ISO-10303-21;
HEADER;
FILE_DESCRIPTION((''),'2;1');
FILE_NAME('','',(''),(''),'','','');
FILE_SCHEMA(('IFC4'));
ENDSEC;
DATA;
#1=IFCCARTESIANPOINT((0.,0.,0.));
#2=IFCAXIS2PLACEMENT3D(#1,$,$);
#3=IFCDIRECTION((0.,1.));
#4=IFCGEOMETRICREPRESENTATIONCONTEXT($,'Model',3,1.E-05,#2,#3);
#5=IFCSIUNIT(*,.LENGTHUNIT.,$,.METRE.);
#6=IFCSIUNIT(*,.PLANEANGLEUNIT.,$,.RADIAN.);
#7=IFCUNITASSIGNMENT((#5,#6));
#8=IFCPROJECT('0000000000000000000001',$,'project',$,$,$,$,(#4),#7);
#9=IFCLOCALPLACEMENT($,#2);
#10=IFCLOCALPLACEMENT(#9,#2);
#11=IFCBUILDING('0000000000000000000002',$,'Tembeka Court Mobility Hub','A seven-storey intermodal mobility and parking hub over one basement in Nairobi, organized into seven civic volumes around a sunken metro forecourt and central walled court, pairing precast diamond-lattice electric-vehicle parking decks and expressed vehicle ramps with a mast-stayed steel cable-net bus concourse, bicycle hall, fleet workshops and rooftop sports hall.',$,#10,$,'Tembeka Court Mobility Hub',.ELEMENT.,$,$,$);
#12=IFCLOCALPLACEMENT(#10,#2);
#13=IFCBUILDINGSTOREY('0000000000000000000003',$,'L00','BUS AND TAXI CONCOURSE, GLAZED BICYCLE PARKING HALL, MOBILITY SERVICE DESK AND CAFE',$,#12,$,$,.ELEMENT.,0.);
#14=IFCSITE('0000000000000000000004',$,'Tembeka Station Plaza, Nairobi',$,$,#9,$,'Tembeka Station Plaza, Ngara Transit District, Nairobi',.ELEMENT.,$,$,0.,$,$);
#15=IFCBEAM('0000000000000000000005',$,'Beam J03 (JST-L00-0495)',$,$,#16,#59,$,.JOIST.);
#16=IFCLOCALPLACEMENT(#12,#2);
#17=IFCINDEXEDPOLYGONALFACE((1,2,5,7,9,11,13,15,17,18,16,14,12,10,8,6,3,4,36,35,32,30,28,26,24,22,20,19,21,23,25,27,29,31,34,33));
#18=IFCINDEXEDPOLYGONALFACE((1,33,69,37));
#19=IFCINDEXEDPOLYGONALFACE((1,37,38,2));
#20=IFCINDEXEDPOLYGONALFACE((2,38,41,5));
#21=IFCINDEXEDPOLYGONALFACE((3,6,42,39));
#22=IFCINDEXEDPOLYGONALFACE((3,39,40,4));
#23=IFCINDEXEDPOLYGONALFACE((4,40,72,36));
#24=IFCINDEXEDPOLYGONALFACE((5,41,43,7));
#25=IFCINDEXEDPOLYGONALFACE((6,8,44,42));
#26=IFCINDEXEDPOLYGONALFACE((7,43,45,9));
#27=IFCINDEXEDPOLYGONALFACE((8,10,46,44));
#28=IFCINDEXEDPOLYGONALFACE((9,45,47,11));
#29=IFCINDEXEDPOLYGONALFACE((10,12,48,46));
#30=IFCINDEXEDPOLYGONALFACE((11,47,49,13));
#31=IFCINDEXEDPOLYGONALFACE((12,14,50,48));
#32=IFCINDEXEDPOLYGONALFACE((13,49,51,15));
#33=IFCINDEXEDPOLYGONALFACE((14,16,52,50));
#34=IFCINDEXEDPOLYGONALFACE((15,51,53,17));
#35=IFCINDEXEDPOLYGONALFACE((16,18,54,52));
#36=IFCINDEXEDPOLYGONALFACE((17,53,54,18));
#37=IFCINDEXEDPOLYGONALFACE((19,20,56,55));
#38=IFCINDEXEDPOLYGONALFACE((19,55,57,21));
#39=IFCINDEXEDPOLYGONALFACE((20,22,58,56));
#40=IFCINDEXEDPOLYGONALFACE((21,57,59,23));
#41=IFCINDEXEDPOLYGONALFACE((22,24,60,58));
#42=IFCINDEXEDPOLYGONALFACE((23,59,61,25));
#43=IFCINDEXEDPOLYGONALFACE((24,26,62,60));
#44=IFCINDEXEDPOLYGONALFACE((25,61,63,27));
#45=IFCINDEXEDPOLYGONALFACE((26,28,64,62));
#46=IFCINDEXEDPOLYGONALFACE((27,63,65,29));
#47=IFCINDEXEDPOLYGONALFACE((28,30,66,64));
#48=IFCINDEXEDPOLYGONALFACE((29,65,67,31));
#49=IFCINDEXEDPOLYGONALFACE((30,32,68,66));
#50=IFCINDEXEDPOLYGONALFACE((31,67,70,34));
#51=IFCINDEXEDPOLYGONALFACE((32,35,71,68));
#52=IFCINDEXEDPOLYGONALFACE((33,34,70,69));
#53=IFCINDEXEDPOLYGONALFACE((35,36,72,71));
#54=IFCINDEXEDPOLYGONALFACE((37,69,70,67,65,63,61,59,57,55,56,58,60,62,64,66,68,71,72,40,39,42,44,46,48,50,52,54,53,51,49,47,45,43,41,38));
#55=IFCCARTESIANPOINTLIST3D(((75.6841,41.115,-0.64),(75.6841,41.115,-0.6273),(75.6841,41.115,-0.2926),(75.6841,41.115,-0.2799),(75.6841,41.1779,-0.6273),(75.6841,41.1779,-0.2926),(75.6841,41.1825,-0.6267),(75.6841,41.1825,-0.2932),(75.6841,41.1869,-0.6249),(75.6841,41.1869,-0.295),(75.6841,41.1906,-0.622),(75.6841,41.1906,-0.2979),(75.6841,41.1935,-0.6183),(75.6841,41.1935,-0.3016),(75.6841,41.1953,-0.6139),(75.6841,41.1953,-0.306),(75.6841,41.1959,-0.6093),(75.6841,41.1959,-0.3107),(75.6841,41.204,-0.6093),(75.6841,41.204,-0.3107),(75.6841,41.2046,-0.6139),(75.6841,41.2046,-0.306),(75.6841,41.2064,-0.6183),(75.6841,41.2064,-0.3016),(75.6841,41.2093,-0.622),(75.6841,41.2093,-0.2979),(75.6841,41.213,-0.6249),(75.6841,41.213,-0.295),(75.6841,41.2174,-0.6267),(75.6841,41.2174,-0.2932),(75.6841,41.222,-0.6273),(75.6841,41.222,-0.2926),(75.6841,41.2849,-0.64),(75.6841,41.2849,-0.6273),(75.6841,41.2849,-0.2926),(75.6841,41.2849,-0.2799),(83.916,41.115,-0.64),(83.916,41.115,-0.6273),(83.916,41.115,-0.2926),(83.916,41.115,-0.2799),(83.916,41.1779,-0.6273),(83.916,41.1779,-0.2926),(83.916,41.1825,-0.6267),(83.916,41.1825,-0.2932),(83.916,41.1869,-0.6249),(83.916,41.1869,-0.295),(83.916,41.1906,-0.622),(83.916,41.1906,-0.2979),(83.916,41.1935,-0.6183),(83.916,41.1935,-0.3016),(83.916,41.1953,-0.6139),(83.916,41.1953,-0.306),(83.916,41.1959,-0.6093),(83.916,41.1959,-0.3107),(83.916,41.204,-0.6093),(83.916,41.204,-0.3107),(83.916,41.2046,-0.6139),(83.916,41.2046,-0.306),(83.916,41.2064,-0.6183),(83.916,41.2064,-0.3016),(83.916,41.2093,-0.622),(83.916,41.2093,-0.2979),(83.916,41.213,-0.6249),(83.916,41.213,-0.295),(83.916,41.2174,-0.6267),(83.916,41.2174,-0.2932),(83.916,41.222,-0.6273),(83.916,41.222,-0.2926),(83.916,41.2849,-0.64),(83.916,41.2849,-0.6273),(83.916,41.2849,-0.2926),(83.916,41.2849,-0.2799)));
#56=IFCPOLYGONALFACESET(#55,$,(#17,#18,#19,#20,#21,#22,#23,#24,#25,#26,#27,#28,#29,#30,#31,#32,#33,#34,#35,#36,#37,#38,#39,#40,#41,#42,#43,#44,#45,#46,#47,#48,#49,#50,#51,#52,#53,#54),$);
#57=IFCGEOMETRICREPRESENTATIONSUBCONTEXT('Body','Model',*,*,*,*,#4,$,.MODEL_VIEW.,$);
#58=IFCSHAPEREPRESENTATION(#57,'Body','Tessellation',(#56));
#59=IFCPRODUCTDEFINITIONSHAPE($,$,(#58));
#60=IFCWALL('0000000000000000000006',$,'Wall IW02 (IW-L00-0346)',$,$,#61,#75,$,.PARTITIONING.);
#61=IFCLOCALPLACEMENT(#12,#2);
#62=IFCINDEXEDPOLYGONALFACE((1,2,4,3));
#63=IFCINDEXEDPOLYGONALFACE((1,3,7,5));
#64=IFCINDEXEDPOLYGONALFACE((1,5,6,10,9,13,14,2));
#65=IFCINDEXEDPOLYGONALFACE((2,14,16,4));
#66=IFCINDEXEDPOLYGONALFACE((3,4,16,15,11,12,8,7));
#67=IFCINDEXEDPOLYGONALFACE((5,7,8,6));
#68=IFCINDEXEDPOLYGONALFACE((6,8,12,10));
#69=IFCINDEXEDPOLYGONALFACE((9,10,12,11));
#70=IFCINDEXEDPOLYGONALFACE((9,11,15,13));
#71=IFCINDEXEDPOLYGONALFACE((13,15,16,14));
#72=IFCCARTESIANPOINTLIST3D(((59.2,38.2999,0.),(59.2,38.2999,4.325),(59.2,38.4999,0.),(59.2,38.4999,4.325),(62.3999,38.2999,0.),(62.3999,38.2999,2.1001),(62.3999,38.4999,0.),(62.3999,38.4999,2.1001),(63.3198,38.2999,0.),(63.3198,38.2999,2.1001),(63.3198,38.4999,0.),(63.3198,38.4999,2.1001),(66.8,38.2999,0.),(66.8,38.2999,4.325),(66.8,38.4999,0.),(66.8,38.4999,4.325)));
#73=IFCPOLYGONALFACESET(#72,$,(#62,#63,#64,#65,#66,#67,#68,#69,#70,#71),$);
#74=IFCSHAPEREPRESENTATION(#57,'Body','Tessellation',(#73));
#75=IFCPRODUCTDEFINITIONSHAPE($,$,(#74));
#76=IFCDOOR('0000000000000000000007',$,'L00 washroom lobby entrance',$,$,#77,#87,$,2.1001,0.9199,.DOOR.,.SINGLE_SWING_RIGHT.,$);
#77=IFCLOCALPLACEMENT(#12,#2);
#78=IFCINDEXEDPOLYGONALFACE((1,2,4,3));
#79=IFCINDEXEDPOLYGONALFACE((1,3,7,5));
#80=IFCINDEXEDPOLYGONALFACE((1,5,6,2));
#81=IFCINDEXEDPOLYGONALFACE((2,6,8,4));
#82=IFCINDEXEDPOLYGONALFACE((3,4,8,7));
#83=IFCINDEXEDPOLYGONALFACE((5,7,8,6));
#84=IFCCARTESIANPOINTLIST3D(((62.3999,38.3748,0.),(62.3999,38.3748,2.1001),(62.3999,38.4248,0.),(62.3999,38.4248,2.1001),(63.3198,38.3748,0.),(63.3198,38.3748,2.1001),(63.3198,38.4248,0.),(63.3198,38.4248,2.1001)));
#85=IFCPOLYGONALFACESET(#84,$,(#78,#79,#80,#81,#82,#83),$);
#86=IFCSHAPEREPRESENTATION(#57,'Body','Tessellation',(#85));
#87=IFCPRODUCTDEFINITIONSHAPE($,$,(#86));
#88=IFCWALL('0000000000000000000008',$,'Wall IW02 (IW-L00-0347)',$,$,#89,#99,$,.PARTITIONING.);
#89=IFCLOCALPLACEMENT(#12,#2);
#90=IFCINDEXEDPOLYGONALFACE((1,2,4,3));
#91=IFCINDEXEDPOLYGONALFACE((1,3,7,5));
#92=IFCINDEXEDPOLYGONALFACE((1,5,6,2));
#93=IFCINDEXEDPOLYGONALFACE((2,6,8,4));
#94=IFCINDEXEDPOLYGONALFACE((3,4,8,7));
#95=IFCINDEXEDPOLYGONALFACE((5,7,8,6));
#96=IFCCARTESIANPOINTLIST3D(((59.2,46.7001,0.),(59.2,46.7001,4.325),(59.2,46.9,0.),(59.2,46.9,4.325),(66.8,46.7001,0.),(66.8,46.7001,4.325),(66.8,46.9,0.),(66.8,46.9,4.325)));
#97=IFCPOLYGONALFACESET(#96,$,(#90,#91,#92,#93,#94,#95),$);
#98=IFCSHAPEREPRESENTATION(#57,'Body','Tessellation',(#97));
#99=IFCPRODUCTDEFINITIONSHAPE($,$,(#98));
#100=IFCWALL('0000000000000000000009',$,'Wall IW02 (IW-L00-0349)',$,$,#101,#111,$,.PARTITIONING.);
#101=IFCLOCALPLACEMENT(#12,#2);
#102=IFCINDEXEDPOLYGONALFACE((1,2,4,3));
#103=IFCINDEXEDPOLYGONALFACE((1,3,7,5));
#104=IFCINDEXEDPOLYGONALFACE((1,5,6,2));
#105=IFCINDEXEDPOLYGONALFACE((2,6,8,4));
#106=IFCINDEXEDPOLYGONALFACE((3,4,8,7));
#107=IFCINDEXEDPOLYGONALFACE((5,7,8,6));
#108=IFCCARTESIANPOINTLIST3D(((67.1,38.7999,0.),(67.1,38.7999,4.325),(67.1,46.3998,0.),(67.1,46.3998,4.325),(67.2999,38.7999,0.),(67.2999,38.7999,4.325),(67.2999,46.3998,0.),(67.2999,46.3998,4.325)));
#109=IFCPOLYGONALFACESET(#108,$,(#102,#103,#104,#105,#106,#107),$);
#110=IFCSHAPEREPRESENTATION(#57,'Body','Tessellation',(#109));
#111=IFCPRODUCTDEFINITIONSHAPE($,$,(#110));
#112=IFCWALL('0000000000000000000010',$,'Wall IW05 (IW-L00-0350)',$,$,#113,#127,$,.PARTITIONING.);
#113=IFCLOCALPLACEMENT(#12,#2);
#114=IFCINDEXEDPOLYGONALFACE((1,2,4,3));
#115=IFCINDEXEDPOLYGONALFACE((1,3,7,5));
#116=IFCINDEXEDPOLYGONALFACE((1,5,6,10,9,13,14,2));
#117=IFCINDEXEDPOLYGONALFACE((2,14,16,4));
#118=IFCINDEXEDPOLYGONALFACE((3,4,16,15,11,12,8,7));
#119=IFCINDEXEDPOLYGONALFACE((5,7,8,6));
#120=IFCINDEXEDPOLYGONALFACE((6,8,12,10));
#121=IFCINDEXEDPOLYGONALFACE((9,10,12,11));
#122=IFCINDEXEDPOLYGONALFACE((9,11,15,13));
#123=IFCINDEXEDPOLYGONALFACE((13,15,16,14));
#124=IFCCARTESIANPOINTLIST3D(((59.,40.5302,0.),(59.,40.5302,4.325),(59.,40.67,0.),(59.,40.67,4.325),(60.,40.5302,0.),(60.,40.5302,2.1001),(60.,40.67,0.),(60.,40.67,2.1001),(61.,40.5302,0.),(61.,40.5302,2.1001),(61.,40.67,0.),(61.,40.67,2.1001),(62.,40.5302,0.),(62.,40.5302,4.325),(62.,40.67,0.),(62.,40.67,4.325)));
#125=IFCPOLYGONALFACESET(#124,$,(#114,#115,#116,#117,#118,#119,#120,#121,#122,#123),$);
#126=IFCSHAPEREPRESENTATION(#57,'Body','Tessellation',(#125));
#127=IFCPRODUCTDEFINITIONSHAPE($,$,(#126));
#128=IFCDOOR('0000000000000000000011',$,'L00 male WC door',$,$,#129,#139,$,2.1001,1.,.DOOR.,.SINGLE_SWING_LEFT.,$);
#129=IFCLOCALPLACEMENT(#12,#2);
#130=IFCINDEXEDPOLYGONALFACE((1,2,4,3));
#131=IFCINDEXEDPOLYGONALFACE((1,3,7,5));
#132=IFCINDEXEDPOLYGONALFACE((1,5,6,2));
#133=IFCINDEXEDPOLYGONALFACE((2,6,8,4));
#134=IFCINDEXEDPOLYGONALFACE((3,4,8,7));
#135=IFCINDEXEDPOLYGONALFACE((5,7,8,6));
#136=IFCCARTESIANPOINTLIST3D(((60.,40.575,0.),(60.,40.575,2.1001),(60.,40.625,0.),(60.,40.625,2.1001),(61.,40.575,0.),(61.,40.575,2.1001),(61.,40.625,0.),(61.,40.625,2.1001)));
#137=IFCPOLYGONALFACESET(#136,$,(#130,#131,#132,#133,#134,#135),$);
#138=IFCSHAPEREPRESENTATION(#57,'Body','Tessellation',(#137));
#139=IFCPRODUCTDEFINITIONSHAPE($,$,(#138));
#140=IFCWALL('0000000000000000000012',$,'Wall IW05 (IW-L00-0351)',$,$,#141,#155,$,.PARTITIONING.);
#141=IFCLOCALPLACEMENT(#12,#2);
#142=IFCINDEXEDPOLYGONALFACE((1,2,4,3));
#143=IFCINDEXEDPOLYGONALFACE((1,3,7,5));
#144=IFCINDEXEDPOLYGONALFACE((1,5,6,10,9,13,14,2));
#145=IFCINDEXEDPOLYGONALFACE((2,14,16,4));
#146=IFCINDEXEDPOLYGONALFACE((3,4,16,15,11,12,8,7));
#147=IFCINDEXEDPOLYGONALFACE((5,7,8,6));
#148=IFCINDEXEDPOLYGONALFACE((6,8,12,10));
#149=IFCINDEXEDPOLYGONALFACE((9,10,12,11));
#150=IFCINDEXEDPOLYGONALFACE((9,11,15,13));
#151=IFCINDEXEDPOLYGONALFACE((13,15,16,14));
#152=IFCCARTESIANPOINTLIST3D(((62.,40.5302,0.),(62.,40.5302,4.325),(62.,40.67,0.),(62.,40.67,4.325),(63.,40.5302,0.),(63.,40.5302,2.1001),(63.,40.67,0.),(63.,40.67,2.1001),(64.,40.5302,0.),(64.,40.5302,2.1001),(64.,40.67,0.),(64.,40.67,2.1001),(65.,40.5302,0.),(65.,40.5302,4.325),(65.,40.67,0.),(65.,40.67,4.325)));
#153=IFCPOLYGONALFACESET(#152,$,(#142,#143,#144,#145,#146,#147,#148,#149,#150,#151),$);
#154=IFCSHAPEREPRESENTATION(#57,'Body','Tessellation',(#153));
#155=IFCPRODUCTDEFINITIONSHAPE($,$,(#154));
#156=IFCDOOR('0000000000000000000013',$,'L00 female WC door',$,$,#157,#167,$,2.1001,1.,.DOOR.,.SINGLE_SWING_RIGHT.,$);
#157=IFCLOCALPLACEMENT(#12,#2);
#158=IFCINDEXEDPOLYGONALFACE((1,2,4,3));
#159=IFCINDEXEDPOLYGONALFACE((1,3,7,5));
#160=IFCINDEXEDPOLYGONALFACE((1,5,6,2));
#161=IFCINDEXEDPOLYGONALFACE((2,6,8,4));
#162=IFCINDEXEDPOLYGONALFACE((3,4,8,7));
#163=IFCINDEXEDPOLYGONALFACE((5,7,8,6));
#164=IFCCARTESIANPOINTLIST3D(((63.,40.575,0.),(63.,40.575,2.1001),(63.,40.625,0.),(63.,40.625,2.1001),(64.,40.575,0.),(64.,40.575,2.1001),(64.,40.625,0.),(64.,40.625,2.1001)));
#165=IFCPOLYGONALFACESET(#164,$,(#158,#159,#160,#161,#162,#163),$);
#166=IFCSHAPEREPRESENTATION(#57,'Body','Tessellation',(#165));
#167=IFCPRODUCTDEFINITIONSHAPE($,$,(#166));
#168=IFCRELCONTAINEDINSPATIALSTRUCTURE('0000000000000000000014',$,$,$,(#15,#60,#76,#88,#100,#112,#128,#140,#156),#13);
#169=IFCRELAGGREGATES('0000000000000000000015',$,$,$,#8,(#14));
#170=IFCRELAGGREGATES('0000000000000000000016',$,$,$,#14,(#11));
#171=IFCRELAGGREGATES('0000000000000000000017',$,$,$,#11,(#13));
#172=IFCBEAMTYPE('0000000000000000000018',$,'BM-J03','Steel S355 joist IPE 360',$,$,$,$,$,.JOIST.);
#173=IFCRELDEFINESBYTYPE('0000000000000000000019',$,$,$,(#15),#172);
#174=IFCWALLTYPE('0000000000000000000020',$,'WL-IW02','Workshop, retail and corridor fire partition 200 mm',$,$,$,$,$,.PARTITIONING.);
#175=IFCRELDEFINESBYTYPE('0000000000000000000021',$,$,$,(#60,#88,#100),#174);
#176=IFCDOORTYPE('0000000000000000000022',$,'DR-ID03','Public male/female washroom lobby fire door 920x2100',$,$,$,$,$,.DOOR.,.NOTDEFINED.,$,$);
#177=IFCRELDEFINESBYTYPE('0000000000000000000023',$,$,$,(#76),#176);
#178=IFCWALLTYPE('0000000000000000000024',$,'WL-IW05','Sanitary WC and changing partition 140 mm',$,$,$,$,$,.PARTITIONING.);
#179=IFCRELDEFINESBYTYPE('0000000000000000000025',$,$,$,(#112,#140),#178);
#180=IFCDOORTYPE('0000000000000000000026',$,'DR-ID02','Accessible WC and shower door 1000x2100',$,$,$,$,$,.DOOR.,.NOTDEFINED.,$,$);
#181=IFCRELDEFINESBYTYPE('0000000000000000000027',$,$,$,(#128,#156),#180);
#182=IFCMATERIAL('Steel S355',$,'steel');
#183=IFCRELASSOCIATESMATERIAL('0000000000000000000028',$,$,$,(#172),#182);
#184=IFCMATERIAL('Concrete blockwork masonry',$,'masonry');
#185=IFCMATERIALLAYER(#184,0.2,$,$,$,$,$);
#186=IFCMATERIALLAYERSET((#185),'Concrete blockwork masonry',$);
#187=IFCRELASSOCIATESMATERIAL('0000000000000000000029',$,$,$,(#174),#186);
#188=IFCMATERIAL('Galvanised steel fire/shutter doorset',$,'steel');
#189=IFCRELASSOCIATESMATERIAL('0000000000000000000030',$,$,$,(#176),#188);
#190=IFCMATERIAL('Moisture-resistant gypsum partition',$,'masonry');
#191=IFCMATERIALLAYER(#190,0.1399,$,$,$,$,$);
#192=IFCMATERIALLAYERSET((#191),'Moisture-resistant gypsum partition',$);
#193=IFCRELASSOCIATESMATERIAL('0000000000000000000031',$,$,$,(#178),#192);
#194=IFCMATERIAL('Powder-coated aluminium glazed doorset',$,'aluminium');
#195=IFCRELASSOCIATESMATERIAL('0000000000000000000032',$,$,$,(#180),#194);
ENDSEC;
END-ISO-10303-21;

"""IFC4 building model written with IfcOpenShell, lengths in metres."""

from ifc_helpers import new_model, si_unit, direction, frame, frame_2d, origin, origin_2d, place, context, subcontext, project, spatial, rectangle, i_section, extrude, material, layer, layer_set, material_profile, profile_set, type_object, element, fill, save


model = new_model("IFC4")

# Units and contexts
model_context = context("Model", 3, precision=1e-05, world=origin(), true_north=direction((0.0, 1.0)))
body_context = subcontext(model_context, "Body", "Model", "MODEL_VIEW")
ifc_project = project(units=[si_unit("LENGTHUNIT", "METRE"), si_unit("PLANEANGLEUNIT", "RADIAN")], contexts=[model_context])

# Site, building, storey
site_placement = place(None, origin())
site = spatial("IfcSite", under=ifc_project, at=site_placement, Name="Tembeka Station Plaza, Nairobi", LongName="Tembeka Station Plaza, Ngara Transit District, Nairobi", CompositionType="ELEMENT", RefElevation=0.0)
building_placement = place(site_placement, origin())
building = spatial("IfcBuilding", under=site, at=building_placement, Name="Tembeka Court Mobility Hub", Description="A seven-storey intermodal mobility and parking hub over one basement in Nairobi, organized into seven civic volumes around a sunken metro forecourt and central walled court, pairing precast diamond-lattice electric-vehicle parking decks and expressed vehicle ramps with a mast-stayed steel cable-net bus concourse, bicycle hall, fleet workshops and rooftop sports hall.", LongName="Tembeka Court Mobility Hub", CompositionType="ELEMENT")
storey_placement = place(building_placement, origin())
storey = spatial("IfcBuildingStorey", under=building, at=storey_placement, Name="L00", Description="BUS AND TAXI CONCOURSE, GLAZED BICYCLE PARKING HALL, MOBILITY SERVICE DESK AND CAFE", CompositionType="ELEMENT", Elevation=0.0)

# Shared definitions
ifc_material_1 = material(Name="Steel S355", Category="steel")

# Beam
ifc_material_profile_1 = material_profile(ifc_material_1, i_section(OverallWidth=0.1699, OverallDepth=0.3601, WebThickness=0.0081, FlangeThickness=0.0127, FilletRadius=0.0181, at=origin_2d()), Name="IPE 360")
ifc_profile_set_1 = profile_set([ifc_material_profile_1], Name="Steel S355")
beam_type_1 = type_object("IfcBeamType", Name="BM-J03", Description="Steel S355 joist IPE 360", PredefinedType="JOIST", material=ifc_profile_set_1)
beam_1_placement = place(storey_placement, frame((75.6841, 41.2, -0.46), z_axis=(1.0, 0.0, 0.0), x_axis=(0.0, 1.0, 0.0)))
element("IfcBeam", 1, at=beam_1_placement, inside=storey, type_object=beam_type_1, Name="Beam J03 (JST-L00-0495)", PredefinedType="JOIST", context=body_context, shape_type="SweptSolid", body=[
    extrude(i_section(OverallWidth=0.1699, OverallDepth=0.3601, WebThickness=0.0081, FlangeThickness=0.0127, FilletRadius=0.0181, at=origin_2d()), origin(), (0.0, 0.0, 1.0), 8.2319),
])

# Wall, opening, door
ifc_material_2 = material(Name="Concrete blockwork masonry", Category="masonry")
ifc_layer_1 = layer(ifc_material_2, 0.2)
ifc_layer_set_1 = layer_set([ifc_layer_1], Name="Concrete blockwork masonry")
wall_type_1 = type_object("IfcWallType", Name="WL-IW02", Description="Workshop, retail and corridor fire partition 200 mm", PredefinedType="PARTITIONING", material=ifc_layer_set_1)
wall_1_placement = place(storey_placement, frame((59.2, 38.3999, 0.0), z_axis=(0.0, 0.0, 1.0), x_axis=(1.0, 0.0, 0.0)))
wall_1 = element("IfcWall", 2, at=wall_1_placement, inside=storey, type_object=wall_type_1, Name="Wall IW02 (IW-L00-0346)", PredefinedType="PARTITIONING", context=body_context, shape_type="SweptSolid", body=[
    extrude(rectangle(XDim=7.6001, YDim=0.2, at=frame_2d((3.8, 0.0))), origin(), (0.0, 0.0, 1.0), 4.325),
])
opening_1_placement = place(wall_1_placement, frame((3.2, 0.0, 0.0)))
opening_1 = element("IfcOpeningElement", 3, at=opening_1_placement, cuts=wall_1, PredefinedType="OPENING", context=body_context, shape_type="SweptSolid", body=[
    extrude(rectangle(XDim=0.9199, YDim=2.1001, at=frame_2d((0.46, 1.05))), frame((0.0, 0.1099, 0.0), z_axis=(0.0, -1.0, 0.0), x_axis=(1.0, 0.0, 0.0)), (0.0, 0.0, 1.0), 0.22),
])
ifc_material_3 = material(Name="Galvanised steel fire/shutter doorset", Category="steel")
door_type_1 = type_object("IfcDoorType", Name="DR-ID03", Description="Public male/female washroom lobby fire door 920x2100", OperationType="NOTDEFINED", PredefinedType="DOOR", material=ifc_material_3)
door_1_placement = place(opening_1_placement, origin())
door_1 = element("IfcDoor", 4, at=door_1_placement, inside=storey, type_object=door_type_1, Name="L00 washroom lobby entrance", OperationType="SINGLE_SWING_RIGHT", OverallHeight=2.1001, OverallWidth=0.9199, PredefinedType="DOOR", context=body_context, shape_type="SweptSolid", body=[
    extrude(rectangle(XDim=0.9199, YDim=2.1001, at=frame_2d((0.46, 1.05))), frame((0.0, 0.0249, 0.0), z_axis=(0.0, -1.0, 0.0), x_axis=(1.0, 0.0, 0.0)), (0.0, 0.0, 1.0), 0.05),
])
fill(opening_1, door_1)

# Walls
wall_2_placement = place(storey_placement, frame((59.2, 46.8, 0.0), z_axis=(0.0, 0.0, 1.0), x_axis=(1.0, 0.0, 0.0)))
element("IfcWall", 5, at=wall_2_placement, inside=storey, type_object=wall_type_1, Name="Wall IW02 (IW-L00-0347)", PredefinedType="PARTITIONING", context=body_context, shape_type="SweptSolid", body=[
    extrude(rectangle(XDim=7.6001, YDim=0.2, at=frame_2d((3.8, 0.0))), origin(), (0.0, 0.0, 1.0), 4.325),
])
wall_3_placement = place(storey_placement, frame((67.2, 38.8, 0.0), z_axis=(0.0, 0.0, 1.0), x_axis=(0.0, 1.0, 0.0)))
element("IfcWall", 6, at=wall_3_placement, inside=storey, type_object=wall_type_1, Name="Wall IW02 (IW-L00-0349)", PredefinedType="PARTITIONING", context=body_context, shape_type="SweptSolid", body=[
    extrude(rectangle(XDim=7.5999, YDim=0.2, at=frame_2d((3.7998, 0.0))), origin(), (0.0, 0.0, 1.0), 4.325),
])

# Walls, openings, doors
ifc_material_4 = material(Name="Moisture-resistant gypsum partition", Category="masonry")
ifc_layer_2 = layer(ifc_material_4, 0.1399)
ifc_layer_set_2 = layer_set([ifc_layer_2], Name="Moisture-resistant gypsum partition")
wall_type_2 = type_object("IfcWallType", Name="WL-IW05", Description="Sanitary WC and changing partition 140 mm", PredefinedType="PARTITIONING", material=ifc_layer_set_2)
wall_4_placement = place(storey_placement, frame((59.0, 40.6001, 0.0), z_axis=(0.0, 0.0, 1.0), x_axis=(1.0, 0.0, 0.0)))
wall_4 = element("IfcWall", 7, at=wall_4_placement, inside=storey, type_object=wall_type_2, Name="Wall IW05 (IW-L00-0350)", PredefinedType="PARTITIONING", context=body_context, shape_type="SweptSolid", body=[
    extrude(rectangle(XDim=3.0, YDim=0.1399, at=frame_2d((1.5, 0.0))), origin(), (0.0, 0.0, 1.0), 4.325),
])
opening_2_placement = place(wall_4_placement, frame((1.0, 0.0, 0.0)))
opening_2 = element("IfcOpeningElement", 8, at=opening_2_placement, cuts=wall_4, PredefinedType="OPENING", context=body_context, shape_type="SweptSolid", body=[
    extrude(rectangle(XDim=1.0, YDim=2.1001, at=frame_2d((0.5, 1.05))), frame((0.0, 0.0801, 0.0), z_axis=(0.0, -1.0, 0.0), x_axis=(1.0, 0.0, 0.0)), (0.0, 0.0, 1.0), 0.1599),
])
ifc_material_5 = material(Name="Powder-coated aluminium glazed doorset", Category="aluminium")
door_type_2 = type_object("IfcDoorType", Name="DR-ID02", Description="Accessible WC and shower door 1000x2100", OperationType="NOTDEFINED", PredefinedType="DOOR", material=ifc_material_5)
door_2_placement = place(opening_2_placement, origin())
door_2 = element("IfcDoor", 9, at=door_2_placement, inside=storey, type_object=door_type_2, Name="L00 male WC door", OperationType="SINGLE_SWING_LEFT", OverallHeight=2.1001, OverallWidth=1.0, PredefinedType="DOOR", context=body_context, shape_type="SweptSolid", body=[
    extrude(rectangle(XDim=1.0, YDim=2.1001, at=frame_2d((0.5, 1.05))), frame((0.0, 0.0249, 0.0), z_axis=(0.0, -1.0, 0.0), x_axis=(1.0, 0.0, 0.0)), (0.0, 0.0, 1.0), 0.05),
])
fill(opening_2, door_2)
wall_5_placement = place(storey_placement, frame((62.0, 40.6001, 0.0), z_axis=(0.0, 0.0, 1.0), x_axis=(1.0, 0.0, 0.0)))
wall_5 = element("IfcWall", 10, at=wall_5_placement, inside=storey, type_object=wall_type_2, Name="Wall IW05 (IW-L00-0351)", PredefinedType="PARTITIONING", context=body_context, shape_type="SweptSolid", body=[
    extrude(rectangle(XDim=3.0, YDim=0.1399, at=frame_2d((1.5, 0.0))), origin(), (0.0, 0.0, 1.0), 4.325),
])
opening_3_placement = place(wall_5_placement, frame((1.0, 0.0, 0.0)))
opening_3 = element("IfcOpeningElement", 11, at=opening_3_placement, cuts=wall_5, PredefinedType="OPENING", context=body_context, shape_type="SweptSolid", body=[
    extrude(rectangle(XDim=1.0, YDim=2.1001, at=frame_2d((0.5, 1.05))), frame((0.0, 0.0801, 0.0), z_axis=(0.0, -1.0, 0.0), x_axis=(1.0, 0.0, 0.0)), (0.0, 0.0, 1.0), 0.1599),
])
door_3_placement = place(opening_3_placement, origin())
door_3 = element("IfcDoor", 12, at=door_3_placement, inside=storey, type_object=door_type_2, Name="L00 female WC door", OperationType="SINGLE_SWING_RIGHT", OverallHeight=2.1001, OverallWidth=1.0, PredefinedType="DOOR", context=body_context, shape_type="SweptSolid", body=[
    extrude(rectangle(XDim=1.0, YDim=2.1001, at=frame_2d((0.5, 1.05))), frame((0.0, 0.0249, 0.0), z_axis=(0.0, -1.0, 0.0), x_axis=(1.0, 0.0, 0.0)), (0.0, 0.0, 1.0), 0.05),
])
fill(opening_3, door_3)

save(model, "model.ifc")
